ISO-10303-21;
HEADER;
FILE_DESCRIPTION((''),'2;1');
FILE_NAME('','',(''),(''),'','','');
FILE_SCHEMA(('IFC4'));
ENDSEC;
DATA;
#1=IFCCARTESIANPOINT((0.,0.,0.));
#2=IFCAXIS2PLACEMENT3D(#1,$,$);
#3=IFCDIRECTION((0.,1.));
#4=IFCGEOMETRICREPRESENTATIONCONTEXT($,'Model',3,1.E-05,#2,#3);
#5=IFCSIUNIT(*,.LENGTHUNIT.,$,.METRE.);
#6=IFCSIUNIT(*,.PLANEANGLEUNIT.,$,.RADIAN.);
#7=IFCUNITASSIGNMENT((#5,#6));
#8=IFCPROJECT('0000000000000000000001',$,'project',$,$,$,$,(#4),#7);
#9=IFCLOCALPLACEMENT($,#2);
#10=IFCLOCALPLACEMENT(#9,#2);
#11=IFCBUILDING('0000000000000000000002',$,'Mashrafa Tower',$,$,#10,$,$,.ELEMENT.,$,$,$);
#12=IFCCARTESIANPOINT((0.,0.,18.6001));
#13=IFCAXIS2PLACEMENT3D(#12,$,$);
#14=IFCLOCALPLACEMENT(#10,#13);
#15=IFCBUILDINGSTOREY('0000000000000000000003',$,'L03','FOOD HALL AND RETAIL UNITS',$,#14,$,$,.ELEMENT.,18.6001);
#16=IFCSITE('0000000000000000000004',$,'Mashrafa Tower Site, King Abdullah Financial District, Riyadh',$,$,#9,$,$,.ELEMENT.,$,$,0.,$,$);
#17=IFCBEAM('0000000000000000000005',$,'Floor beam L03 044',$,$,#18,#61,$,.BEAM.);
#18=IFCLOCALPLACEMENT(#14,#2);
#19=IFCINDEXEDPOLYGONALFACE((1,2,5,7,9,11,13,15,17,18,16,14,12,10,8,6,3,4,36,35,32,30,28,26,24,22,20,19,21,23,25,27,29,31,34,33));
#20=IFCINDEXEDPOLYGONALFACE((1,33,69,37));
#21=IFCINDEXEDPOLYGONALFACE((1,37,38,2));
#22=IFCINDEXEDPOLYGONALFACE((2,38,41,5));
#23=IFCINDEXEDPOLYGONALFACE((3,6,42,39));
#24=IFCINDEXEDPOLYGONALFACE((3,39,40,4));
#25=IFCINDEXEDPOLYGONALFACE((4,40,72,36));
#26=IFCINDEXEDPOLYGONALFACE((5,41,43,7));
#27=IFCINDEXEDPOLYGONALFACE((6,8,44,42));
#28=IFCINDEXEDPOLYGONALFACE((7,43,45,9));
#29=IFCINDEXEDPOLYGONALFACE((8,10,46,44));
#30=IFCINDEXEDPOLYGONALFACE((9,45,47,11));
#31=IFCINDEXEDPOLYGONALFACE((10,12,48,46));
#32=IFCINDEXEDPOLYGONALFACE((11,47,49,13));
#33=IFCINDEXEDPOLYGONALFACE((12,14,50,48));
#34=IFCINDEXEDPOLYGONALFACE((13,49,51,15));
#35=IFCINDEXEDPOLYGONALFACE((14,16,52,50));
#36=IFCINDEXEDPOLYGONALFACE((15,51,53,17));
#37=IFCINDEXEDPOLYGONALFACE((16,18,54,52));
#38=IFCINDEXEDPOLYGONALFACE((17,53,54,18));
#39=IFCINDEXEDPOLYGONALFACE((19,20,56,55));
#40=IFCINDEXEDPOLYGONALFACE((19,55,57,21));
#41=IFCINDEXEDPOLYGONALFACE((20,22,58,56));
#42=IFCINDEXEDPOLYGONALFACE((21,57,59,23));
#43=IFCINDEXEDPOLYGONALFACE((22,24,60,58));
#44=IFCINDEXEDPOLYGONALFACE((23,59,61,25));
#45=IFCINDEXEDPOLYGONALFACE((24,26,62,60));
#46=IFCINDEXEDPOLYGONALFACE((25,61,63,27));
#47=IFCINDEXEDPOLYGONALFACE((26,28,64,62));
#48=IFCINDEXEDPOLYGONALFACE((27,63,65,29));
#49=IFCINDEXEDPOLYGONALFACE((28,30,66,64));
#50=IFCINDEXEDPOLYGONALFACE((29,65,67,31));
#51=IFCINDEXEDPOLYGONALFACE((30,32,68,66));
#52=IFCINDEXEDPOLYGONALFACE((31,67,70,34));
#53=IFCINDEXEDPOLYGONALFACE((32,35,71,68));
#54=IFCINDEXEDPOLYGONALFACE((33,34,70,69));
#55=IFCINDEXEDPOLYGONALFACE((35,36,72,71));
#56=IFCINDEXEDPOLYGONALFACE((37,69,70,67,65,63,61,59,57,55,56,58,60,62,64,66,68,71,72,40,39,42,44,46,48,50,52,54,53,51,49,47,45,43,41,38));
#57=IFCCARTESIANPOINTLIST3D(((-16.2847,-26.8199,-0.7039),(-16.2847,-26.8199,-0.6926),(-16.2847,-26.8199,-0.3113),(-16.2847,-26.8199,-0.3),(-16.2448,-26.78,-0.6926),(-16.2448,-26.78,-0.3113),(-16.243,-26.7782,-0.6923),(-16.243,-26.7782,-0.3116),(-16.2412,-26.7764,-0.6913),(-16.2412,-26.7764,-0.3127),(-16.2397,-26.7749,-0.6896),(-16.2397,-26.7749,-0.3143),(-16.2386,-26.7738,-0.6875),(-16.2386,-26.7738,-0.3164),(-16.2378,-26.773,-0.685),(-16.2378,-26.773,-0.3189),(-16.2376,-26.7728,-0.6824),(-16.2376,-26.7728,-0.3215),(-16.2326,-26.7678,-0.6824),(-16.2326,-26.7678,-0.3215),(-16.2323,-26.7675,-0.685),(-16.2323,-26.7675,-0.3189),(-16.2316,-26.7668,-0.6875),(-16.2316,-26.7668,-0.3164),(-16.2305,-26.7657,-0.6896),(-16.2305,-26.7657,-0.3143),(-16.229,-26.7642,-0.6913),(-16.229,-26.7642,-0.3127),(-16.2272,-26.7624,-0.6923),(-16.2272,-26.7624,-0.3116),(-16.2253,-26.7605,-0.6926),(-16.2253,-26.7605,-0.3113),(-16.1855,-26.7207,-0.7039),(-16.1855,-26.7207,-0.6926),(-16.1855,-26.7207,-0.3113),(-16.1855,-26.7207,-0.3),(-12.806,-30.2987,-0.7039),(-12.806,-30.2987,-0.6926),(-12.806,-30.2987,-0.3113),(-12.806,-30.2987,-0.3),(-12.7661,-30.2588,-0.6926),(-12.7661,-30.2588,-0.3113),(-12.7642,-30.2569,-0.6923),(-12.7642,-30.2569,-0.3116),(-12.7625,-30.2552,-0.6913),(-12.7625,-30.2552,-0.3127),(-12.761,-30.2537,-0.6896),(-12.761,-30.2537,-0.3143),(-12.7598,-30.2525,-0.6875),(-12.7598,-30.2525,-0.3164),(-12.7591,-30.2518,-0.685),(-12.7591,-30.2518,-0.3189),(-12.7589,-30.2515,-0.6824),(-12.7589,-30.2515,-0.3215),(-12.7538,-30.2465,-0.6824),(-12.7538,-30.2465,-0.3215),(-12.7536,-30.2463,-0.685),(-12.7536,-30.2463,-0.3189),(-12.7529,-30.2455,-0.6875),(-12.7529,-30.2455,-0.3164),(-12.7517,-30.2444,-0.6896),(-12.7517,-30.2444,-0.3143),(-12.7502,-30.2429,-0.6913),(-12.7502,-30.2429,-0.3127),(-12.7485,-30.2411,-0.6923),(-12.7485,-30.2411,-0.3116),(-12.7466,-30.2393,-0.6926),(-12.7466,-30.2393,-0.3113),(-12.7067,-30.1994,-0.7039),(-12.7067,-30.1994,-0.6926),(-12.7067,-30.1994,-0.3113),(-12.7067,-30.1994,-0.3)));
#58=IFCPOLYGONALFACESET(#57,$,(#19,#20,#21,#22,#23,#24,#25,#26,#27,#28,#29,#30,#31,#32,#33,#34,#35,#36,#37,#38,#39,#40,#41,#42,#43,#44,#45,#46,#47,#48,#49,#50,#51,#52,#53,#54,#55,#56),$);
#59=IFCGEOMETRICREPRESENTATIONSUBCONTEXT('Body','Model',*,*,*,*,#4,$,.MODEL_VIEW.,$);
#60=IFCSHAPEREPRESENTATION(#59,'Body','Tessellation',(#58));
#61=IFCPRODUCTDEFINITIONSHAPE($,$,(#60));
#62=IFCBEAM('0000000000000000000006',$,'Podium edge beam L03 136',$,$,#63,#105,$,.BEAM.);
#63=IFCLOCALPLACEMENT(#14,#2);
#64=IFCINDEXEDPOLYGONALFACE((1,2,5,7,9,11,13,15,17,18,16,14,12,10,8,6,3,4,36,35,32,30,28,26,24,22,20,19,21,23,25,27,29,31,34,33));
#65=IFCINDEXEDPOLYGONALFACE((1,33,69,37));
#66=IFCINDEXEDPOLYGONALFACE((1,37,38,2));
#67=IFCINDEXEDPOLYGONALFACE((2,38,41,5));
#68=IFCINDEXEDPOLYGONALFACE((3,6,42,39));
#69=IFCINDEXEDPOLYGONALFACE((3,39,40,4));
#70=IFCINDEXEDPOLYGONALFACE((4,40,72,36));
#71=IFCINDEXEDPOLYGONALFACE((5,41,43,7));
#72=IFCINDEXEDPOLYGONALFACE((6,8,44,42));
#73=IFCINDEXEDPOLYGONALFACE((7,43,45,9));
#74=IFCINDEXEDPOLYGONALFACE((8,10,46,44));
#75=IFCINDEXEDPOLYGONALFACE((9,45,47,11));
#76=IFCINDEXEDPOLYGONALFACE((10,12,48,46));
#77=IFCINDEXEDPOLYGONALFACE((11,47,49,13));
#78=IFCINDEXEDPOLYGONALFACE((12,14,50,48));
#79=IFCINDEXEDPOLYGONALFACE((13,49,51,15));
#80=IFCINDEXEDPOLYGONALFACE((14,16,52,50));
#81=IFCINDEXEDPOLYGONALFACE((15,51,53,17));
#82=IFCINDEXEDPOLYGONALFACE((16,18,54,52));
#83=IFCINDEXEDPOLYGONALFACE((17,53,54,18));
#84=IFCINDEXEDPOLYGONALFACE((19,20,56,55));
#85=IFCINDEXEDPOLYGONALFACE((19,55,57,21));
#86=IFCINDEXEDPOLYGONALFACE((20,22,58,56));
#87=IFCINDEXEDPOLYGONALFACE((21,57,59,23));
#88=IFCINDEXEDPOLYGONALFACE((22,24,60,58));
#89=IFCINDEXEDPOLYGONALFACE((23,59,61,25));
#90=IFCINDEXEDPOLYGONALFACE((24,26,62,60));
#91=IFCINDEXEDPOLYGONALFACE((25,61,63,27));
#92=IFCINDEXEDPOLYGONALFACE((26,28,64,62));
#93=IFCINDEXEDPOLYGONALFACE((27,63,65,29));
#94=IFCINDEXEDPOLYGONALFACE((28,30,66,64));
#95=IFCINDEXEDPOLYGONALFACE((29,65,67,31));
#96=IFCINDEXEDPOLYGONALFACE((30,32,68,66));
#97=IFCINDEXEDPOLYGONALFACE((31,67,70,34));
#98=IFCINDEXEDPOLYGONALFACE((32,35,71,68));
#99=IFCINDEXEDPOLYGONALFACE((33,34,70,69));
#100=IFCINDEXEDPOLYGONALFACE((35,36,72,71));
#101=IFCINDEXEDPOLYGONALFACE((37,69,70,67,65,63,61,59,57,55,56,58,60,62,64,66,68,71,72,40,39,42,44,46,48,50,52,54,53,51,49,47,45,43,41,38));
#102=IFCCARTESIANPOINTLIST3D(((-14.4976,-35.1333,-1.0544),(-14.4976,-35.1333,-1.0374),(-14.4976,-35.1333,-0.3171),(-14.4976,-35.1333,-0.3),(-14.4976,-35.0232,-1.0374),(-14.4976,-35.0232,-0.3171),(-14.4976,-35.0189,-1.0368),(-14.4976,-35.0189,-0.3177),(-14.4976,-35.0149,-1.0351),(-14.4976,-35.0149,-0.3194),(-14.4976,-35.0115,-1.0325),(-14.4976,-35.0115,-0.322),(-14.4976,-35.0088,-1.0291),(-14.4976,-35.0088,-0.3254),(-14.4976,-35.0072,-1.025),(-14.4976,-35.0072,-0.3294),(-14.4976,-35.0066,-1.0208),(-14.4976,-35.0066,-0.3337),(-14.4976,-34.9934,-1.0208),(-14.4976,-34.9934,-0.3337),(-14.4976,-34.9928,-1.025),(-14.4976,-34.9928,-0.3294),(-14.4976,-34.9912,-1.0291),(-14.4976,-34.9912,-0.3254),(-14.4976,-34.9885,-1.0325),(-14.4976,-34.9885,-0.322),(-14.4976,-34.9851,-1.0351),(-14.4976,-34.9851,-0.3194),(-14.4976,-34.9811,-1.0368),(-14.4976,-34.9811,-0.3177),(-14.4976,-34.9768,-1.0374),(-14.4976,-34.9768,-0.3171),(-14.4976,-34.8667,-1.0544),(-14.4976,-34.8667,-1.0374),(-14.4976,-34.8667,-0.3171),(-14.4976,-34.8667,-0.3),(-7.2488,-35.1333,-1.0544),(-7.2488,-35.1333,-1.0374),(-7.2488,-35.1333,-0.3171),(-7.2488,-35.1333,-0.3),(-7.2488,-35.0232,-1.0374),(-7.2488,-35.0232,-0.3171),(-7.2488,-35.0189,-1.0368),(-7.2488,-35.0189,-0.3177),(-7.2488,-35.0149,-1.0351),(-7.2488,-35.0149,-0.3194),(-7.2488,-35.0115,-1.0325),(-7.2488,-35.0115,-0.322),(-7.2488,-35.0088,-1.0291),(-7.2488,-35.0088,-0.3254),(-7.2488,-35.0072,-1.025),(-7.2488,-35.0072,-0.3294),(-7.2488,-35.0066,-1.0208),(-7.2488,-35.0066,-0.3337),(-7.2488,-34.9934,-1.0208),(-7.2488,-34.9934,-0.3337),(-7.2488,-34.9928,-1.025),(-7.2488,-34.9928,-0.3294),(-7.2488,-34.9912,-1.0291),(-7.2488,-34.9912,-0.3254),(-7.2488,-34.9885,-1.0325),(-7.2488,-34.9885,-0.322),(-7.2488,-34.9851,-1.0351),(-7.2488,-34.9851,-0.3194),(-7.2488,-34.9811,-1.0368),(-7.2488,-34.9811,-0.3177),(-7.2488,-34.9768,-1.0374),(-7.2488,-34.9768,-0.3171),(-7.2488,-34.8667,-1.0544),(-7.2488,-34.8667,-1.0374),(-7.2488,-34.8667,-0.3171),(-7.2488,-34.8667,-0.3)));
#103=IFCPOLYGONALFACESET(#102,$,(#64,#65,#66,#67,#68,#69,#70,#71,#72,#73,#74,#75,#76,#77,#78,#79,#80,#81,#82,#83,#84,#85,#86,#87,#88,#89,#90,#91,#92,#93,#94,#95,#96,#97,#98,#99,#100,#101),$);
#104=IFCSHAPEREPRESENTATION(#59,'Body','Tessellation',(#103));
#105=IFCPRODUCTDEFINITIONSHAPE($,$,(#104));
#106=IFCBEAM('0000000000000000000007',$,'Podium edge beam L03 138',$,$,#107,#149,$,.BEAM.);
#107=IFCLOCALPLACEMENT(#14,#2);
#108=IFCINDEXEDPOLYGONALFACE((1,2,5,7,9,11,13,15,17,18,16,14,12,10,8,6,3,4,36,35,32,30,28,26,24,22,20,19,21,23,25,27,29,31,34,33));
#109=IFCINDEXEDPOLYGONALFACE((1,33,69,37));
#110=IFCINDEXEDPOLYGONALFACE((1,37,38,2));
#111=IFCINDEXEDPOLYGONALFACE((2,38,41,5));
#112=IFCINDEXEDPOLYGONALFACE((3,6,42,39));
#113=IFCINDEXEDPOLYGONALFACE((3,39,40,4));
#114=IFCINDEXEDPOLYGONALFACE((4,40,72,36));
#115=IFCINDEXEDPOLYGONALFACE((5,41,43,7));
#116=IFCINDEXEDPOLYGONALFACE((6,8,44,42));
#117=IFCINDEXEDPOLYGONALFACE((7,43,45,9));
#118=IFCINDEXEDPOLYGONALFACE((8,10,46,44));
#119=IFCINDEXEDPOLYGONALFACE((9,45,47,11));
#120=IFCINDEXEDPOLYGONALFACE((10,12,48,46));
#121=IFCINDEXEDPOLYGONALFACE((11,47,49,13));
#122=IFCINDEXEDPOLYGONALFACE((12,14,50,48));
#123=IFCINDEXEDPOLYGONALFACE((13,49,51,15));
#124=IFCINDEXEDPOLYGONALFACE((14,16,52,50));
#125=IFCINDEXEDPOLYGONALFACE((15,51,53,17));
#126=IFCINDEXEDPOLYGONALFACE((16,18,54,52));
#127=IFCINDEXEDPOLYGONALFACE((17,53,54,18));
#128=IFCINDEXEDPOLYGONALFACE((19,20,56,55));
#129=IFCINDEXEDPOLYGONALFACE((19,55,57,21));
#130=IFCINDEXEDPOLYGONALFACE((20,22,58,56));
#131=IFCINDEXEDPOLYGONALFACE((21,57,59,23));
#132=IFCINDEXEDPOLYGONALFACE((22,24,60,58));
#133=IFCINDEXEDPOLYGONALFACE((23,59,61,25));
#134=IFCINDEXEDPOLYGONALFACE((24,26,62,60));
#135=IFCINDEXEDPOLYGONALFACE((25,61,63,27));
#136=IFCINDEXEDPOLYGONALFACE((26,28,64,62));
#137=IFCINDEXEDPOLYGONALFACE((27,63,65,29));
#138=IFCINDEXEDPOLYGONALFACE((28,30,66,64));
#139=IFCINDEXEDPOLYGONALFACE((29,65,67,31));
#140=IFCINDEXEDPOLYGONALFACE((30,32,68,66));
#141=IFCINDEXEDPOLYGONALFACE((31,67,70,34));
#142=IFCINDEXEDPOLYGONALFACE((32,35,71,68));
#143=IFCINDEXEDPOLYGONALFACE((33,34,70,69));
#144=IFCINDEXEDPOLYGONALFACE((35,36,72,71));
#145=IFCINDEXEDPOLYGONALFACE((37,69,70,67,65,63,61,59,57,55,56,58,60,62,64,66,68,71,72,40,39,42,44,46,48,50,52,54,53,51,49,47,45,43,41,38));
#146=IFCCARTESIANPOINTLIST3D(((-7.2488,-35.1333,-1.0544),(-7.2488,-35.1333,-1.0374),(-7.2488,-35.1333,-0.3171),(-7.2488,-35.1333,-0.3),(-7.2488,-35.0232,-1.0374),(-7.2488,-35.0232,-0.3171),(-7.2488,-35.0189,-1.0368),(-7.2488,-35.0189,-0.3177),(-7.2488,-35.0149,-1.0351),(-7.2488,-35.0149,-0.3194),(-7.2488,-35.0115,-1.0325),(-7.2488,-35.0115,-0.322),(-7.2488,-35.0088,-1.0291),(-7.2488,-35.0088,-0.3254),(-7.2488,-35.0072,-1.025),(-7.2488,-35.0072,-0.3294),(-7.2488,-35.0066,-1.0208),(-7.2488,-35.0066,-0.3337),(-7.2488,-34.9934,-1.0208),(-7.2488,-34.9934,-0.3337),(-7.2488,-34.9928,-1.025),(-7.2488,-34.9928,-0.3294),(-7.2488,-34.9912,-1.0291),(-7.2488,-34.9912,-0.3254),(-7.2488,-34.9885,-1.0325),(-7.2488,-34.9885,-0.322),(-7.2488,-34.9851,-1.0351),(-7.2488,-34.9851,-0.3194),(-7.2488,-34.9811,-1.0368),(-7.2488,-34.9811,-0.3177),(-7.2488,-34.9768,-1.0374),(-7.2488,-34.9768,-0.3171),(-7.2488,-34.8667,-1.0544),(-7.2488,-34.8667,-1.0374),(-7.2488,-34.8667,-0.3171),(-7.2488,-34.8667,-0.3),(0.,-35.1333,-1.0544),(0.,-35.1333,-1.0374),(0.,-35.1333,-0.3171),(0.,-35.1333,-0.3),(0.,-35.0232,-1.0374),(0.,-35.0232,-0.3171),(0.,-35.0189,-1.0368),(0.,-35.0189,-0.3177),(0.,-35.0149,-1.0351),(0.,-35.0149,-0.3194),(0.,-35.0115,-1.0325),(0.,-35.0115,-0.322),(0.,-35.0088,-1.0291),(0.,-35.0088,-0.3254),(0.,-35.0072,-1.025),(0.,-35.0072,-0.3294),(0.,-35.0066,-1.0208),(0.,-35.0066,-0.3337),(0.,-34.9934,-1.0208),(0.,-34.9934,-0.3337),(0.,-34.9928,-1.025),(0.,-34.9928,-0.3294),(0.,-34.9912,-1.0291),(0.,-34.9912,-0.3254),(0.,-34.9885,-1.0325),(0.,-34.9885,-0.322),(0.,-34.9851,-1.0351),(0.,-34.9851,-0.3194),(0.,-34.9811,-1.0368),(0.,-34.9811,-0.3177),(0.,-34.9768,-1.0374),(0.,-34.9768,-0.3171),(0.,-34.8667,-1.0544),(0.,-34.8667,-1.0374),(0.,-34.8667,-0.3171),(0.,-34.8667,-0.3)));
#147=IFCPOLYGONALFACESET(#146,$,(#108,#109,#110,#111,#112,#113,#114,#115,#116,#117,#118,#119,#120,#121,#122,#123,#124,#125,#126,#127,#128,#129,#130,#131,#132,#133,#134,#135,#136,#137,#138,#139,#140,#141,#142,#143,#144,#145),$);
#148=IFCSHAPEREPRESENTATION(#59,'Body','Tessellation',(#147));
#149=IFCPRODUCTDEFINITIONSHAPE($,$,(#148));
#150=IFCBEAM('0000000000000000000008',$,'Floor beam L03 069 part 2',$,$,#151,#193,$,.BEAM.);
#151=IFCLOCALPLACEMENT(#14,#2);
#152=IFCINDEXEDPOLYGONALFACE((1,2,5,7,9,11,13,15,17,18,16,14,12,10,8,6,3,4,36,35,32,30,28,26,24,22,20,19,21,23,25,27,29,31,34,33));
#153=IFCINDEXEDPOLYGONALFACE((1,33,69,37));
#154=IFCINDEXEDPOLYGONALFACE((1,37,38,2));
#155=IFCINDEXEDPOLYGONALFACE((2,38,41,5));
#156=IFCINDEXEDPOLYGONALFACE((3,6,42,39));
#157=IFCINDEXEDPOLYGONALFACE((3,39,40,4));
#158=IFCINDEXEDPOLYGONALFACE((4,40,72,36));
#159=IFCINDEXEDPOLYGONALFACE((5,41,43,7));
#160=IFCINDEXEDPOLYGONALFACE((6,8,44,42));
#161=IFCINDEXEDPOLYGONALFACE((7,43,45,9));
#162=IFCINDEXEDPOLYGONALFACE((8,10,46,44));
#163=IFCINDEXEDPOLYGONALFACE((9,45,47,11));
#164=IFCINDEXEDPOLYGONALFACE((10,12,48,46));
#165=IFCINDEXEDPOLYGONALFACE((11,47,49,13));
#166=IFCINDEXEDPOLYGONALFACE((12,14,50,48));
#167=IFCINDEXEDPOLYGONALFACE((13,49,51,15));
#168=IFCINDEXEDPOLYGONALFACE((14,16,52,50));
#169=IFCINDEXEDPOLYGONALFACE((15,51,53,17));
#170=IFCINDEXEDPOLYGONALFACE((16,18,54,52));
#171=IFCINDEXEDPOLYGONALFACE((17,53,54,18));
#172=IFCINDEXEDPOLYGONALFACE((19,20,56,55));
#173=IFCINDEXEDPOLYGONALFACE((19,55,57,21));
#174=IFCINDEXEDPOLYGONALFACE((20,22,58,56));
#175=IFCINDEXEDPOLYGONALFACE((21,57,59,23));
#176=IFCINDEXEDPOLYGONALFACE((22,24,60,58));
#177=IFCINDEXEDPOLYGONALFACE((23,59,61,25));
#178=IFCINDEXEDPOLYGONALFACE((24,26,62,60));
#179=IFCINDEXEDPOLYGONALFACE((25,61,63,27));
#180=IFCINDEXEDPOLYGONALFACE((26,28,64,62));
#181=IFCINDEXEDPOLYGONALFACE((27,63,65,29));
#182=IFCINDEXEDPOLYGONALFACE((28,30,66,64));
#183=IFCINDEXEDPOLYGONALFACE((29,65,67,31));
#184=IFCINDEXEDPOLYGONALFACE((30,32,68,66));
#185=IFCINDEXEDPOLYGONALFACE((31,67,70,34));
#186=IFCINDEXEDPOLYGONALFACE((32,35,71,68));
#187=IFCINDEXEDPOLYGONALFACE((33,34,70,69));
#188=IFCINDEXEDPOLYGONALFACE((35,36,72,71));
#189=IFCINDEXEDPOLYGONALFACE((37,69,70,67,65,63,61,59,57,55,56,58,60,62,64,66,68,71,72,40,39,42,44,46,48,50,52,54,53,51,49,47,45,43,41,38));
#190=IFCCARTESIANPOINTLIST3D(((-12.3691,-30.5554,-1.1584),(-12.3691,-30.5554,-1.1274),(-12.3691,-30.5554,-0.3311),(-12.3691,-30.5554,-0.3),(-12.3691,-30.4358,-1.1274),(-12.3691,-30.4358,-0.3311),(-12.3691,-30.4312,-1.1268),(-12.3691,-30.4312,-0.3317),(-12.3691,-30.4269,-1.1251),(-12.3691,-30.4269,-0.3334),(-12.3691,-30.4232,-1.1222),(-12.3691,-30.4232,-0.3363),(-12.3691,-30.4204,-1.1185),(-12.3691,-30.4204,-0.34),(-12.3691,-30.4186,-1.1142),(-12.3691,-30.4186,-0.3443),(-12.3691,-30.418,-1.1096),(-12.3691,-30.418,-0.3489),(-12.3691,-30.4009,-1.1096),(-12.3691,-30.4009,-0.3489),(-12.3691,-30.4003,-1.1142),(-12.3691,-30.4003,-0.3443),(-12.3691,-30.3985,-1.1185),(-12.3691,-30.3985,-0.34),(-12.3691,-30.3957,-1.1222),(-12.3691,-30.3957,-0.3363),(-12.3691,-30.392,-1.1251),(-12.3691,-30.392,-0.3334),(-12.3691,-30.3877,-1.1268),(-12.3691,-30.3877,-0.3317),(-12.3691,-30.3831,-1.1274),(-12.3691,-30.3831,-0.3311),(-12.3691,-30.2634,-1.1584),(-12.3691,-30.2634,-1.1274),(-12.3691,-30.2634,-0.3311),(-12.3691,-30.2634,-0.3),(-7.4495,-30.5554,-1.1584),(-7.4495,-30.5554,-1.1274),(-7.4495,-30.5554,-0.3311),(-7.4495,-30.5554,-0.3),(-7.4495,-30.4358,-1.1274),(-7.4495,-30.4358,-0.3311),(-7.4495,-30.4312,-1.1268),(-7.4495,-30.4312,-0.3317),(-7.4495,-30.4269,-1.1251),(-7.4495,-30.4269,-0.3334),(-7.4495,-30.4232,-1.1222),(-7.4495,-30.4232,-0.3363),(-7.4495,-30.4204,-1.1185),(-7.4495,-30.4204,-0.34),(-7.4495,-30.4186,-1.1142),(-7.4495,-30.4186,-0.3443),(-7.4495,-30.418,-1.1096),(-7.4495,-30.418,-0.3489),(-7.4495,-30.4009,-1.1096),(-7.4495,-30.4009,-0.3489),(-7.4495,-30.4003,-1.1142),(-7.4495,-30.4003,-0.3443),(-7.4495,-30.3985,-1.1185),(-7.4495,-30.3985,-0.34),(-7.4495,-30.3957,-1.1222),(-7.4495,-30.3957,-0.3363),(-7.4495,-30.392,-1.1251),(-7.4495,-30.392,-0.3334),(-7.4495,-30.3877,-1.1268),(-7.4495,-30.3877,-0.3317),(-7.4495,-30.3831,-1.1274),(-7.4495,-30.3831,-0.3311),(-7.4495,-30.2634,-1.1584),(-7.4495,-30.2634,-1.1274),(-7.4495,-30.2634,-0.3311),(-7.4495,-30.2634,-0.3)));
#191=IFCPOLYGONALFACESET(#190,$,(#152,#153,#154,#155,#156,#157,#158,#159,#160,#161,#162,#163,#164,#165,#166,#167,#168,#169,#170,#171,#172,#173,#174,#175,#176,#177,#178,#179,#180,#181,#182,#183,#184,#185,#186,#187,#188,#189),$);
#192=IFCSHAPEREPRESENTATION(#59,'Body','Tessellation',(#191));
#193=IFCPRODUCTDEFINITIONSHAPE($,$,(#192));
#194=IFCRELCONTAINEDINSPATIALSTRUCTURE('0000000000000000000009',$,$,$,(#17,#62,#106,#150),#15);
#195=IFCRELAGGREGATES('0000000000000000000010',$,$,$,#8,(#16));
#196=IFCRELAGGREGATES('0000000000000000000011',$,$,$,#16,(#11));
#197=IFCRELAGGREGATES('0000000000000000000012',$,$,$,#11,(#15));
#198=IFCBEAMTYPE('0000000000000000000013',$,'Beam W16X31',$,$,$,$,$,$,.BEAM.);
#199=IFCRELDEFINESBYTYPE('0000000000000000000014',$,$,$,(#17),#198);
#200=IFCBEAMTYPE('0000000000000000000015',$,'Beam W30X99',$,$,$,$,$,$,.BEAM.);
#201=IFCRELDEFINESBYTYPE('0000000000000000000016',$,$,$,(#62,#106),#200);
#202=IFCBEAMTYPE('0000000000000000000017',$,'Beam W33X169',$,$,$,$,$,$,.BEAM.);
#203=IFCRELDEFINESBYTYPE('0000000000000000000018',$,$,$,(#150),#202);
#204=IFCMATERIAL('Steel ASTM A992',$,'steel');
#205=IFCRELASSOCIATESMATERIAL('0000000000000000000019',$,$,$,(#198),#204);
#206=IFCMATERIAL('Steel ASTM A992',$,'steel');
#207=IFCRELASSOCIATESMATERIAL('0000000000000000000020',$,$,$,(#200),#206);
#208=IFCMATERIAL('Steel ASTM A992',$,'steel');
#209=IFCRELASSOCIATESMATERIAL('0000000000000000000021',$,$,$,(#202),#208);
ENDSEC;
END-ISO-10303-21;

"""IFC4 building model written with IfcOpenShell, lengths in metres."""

from ifc_helpers import new_model, si_unit, direction, frame, origin, origin_2d, place, context, subcontext, project, spatial, i_section, extrude, material, material_profile, profile_set, type_object, element, save


model = new_model("IFC4")

# Units and contexts
model_context = context("Model", 3, precision=1e-05, world=origin(), true_north=direction((0.0, 1.0)))
body_context = subcontext(model_context, "Body", "Model", "MODEL_VIEW")
ifc_project = project(units=[si_unit("LENGTHUNIT", "METRE"), si_unit("PLANEANGLEUNIT", "RADIAN")], contexts=[model_context])

# Site, building, storey
site_placement = place(None, origin())
site = spatial("IfcSite", under=ifc_project, at=site_placement, Name="Mashrafa Tower Site, King Abdullah Financial District, Riyadh", CompositionType="ELEMENT", RefElevation=0.0)
building_placement = place(site_placement, origin())
building = spatial("IfcBuilding", under=site, at=building_placement, Name="Mashrafa Tower", CompositionType="ELEMENT")
storey_placement = place(building_placement, frame((0.0, 0.0, 18.6001)))
storey = spatial("IfcBuildingStorey", under=building, at=storey_placement, Name="L03", Description="FOOD HALL AND RETAIL UNITS", CompositionType="ELEMENT", Elevation=18.6001)

# Beams
ifc_material_1 = material(Name="Steel ASTM A992", Category="steel")
ifc_material_profile_1 = material_profile(ifc_material_1, i_section(OverallWidth=0.1404, OverallDepth=0.4038, WebThickness=0.0071, FlangeThickness=0.0112, FilletRadius=0.0103, at=origin_2d()), Name="W16X31")
ifc_profile_set_1 = profile_set([ifc_material_profile_1], Name="Steel ASTM A992")
beam_type_1 = type_object("IfcBeamType", Name="Beam W16X31", PredefinedType="BEAM", material=ifc_profile_set_1)
beam_1_placement = place(storey_placement, frame((-12.7563, -30.249, -0.502), z_axis=(-0.707107, 0.707107, 0.0), x_axis=(-0.707107, -0.707107, 0.0)))
element("IfcBeam", 1, at=beam_1_placement, inside=storey, type_object=beam_type_1, Name="Floor beam L03 044", PredefinedType="BEAM", context=body_context, shape_type="SweptSolid", body=[
    extrude(i_section(OverallWidth=0.1404, OverallDepth=0.4038, WebThickness=0.0071, FlangeThickness=0.0112, FilletRadius=0.0103, at=origin_2d()), origin(), (0.0, 0.0, 1.0), 4.9197),
])
ifc_material_2 = material(Name="Steel ASTM A992", Category="steel")
ifc_material_profile_2 = material_profile(ifc_material_2, i_section(OverallWidth=0.2666, OverallDepth=0.7544, WebThickness=0.0132, FlangeThickness=0.0171, FilletRadius=0.0166, at=origin_2d()), Name="W30X99")
ifc_profile_set_2 = profile_set([ifc_material_profile_2], Name="Steel ASTM A992")
beam_type_2 = type_object("IfcBeamType", Name="Beam W30X99", PredefinedType="BEAM", material=ifc_profile_set_2)
for number, where, z_axis, x_axis, name in (
    (2, (-14.4976, -35.0, -0.6772), (1.0, 0.0, 0.0), (0.0, 1.0, 0.0), "Podium edge beam L03 136"),
    (3, (-7.2488, -35.0, -0.6772), (1.0, 0.0, 0.0), (0.0, 1.0, 0.0), "Podium edge beam L03 138"),
):
    element("IfcBeam", number, at=place(storey_placement, frame(where, z_axis=z_axis, x_axis=x_axis)), inside=storey, type_object=beam_type_2, Name=name, PredefinedType="BEAM", context=body_context, shape_type="SweptSolid", body=[
        extrude(i_section(OverallWidth=0.2666, OverallDepth=0.7544, WebThickness=0.0132, FlangeThickness=0.0171, FilletRadius=0.0166, at=origin_2d()), origin(), (0.0, 0.0, 1.0), 7.2488),
    ])
ifc_material_3 = material(Name="Steel ASTM A992", Category="steel")
ifc_material_profile_3 = material_profile(ifc_material_3, i_section(OverallWidth=0.292, OverallDepth=0.8584, WebThickness=0.0171, FlangeThickness=0.031, FilletRadius=0.0178, at=origin_2d()), Name="W33X169")
ifc_profile_set_3 = profile_set([ifc_material_profile_3], Name="Steel ASTM A992")
beam_type_3 = type_object("IfcBeamType", Name="Beam W33X169", PredefinedType="BEAM", material=ifc_profile_set_3)
beam_2_placement = place(storey_placement, frame((-7.4495, -30.4094, -0.7292), z_axis=(-1.0, 0.0, 0.0), x_axis=(0.0, -1.0, 0.0)))
element("IfcBeam", 4, at=beam_2_placement, inside=storey, type_object=beam_type_3, Name="Floor beam L03 069 part 2", PredefinedType="BEAM", context=body_context, shape_type="SweptSolid", body=[
    extrude(i_section(OverallWidth=0.292, OverallDepth=0.8584, WebThickness=0.0171, FlangeThickness=0.031, FilletRadius=0.0178, at=origin_2d()), origin(), (0.0, 0.0, 1.0), 4.9197),
])

save(model, "model.ifc")
